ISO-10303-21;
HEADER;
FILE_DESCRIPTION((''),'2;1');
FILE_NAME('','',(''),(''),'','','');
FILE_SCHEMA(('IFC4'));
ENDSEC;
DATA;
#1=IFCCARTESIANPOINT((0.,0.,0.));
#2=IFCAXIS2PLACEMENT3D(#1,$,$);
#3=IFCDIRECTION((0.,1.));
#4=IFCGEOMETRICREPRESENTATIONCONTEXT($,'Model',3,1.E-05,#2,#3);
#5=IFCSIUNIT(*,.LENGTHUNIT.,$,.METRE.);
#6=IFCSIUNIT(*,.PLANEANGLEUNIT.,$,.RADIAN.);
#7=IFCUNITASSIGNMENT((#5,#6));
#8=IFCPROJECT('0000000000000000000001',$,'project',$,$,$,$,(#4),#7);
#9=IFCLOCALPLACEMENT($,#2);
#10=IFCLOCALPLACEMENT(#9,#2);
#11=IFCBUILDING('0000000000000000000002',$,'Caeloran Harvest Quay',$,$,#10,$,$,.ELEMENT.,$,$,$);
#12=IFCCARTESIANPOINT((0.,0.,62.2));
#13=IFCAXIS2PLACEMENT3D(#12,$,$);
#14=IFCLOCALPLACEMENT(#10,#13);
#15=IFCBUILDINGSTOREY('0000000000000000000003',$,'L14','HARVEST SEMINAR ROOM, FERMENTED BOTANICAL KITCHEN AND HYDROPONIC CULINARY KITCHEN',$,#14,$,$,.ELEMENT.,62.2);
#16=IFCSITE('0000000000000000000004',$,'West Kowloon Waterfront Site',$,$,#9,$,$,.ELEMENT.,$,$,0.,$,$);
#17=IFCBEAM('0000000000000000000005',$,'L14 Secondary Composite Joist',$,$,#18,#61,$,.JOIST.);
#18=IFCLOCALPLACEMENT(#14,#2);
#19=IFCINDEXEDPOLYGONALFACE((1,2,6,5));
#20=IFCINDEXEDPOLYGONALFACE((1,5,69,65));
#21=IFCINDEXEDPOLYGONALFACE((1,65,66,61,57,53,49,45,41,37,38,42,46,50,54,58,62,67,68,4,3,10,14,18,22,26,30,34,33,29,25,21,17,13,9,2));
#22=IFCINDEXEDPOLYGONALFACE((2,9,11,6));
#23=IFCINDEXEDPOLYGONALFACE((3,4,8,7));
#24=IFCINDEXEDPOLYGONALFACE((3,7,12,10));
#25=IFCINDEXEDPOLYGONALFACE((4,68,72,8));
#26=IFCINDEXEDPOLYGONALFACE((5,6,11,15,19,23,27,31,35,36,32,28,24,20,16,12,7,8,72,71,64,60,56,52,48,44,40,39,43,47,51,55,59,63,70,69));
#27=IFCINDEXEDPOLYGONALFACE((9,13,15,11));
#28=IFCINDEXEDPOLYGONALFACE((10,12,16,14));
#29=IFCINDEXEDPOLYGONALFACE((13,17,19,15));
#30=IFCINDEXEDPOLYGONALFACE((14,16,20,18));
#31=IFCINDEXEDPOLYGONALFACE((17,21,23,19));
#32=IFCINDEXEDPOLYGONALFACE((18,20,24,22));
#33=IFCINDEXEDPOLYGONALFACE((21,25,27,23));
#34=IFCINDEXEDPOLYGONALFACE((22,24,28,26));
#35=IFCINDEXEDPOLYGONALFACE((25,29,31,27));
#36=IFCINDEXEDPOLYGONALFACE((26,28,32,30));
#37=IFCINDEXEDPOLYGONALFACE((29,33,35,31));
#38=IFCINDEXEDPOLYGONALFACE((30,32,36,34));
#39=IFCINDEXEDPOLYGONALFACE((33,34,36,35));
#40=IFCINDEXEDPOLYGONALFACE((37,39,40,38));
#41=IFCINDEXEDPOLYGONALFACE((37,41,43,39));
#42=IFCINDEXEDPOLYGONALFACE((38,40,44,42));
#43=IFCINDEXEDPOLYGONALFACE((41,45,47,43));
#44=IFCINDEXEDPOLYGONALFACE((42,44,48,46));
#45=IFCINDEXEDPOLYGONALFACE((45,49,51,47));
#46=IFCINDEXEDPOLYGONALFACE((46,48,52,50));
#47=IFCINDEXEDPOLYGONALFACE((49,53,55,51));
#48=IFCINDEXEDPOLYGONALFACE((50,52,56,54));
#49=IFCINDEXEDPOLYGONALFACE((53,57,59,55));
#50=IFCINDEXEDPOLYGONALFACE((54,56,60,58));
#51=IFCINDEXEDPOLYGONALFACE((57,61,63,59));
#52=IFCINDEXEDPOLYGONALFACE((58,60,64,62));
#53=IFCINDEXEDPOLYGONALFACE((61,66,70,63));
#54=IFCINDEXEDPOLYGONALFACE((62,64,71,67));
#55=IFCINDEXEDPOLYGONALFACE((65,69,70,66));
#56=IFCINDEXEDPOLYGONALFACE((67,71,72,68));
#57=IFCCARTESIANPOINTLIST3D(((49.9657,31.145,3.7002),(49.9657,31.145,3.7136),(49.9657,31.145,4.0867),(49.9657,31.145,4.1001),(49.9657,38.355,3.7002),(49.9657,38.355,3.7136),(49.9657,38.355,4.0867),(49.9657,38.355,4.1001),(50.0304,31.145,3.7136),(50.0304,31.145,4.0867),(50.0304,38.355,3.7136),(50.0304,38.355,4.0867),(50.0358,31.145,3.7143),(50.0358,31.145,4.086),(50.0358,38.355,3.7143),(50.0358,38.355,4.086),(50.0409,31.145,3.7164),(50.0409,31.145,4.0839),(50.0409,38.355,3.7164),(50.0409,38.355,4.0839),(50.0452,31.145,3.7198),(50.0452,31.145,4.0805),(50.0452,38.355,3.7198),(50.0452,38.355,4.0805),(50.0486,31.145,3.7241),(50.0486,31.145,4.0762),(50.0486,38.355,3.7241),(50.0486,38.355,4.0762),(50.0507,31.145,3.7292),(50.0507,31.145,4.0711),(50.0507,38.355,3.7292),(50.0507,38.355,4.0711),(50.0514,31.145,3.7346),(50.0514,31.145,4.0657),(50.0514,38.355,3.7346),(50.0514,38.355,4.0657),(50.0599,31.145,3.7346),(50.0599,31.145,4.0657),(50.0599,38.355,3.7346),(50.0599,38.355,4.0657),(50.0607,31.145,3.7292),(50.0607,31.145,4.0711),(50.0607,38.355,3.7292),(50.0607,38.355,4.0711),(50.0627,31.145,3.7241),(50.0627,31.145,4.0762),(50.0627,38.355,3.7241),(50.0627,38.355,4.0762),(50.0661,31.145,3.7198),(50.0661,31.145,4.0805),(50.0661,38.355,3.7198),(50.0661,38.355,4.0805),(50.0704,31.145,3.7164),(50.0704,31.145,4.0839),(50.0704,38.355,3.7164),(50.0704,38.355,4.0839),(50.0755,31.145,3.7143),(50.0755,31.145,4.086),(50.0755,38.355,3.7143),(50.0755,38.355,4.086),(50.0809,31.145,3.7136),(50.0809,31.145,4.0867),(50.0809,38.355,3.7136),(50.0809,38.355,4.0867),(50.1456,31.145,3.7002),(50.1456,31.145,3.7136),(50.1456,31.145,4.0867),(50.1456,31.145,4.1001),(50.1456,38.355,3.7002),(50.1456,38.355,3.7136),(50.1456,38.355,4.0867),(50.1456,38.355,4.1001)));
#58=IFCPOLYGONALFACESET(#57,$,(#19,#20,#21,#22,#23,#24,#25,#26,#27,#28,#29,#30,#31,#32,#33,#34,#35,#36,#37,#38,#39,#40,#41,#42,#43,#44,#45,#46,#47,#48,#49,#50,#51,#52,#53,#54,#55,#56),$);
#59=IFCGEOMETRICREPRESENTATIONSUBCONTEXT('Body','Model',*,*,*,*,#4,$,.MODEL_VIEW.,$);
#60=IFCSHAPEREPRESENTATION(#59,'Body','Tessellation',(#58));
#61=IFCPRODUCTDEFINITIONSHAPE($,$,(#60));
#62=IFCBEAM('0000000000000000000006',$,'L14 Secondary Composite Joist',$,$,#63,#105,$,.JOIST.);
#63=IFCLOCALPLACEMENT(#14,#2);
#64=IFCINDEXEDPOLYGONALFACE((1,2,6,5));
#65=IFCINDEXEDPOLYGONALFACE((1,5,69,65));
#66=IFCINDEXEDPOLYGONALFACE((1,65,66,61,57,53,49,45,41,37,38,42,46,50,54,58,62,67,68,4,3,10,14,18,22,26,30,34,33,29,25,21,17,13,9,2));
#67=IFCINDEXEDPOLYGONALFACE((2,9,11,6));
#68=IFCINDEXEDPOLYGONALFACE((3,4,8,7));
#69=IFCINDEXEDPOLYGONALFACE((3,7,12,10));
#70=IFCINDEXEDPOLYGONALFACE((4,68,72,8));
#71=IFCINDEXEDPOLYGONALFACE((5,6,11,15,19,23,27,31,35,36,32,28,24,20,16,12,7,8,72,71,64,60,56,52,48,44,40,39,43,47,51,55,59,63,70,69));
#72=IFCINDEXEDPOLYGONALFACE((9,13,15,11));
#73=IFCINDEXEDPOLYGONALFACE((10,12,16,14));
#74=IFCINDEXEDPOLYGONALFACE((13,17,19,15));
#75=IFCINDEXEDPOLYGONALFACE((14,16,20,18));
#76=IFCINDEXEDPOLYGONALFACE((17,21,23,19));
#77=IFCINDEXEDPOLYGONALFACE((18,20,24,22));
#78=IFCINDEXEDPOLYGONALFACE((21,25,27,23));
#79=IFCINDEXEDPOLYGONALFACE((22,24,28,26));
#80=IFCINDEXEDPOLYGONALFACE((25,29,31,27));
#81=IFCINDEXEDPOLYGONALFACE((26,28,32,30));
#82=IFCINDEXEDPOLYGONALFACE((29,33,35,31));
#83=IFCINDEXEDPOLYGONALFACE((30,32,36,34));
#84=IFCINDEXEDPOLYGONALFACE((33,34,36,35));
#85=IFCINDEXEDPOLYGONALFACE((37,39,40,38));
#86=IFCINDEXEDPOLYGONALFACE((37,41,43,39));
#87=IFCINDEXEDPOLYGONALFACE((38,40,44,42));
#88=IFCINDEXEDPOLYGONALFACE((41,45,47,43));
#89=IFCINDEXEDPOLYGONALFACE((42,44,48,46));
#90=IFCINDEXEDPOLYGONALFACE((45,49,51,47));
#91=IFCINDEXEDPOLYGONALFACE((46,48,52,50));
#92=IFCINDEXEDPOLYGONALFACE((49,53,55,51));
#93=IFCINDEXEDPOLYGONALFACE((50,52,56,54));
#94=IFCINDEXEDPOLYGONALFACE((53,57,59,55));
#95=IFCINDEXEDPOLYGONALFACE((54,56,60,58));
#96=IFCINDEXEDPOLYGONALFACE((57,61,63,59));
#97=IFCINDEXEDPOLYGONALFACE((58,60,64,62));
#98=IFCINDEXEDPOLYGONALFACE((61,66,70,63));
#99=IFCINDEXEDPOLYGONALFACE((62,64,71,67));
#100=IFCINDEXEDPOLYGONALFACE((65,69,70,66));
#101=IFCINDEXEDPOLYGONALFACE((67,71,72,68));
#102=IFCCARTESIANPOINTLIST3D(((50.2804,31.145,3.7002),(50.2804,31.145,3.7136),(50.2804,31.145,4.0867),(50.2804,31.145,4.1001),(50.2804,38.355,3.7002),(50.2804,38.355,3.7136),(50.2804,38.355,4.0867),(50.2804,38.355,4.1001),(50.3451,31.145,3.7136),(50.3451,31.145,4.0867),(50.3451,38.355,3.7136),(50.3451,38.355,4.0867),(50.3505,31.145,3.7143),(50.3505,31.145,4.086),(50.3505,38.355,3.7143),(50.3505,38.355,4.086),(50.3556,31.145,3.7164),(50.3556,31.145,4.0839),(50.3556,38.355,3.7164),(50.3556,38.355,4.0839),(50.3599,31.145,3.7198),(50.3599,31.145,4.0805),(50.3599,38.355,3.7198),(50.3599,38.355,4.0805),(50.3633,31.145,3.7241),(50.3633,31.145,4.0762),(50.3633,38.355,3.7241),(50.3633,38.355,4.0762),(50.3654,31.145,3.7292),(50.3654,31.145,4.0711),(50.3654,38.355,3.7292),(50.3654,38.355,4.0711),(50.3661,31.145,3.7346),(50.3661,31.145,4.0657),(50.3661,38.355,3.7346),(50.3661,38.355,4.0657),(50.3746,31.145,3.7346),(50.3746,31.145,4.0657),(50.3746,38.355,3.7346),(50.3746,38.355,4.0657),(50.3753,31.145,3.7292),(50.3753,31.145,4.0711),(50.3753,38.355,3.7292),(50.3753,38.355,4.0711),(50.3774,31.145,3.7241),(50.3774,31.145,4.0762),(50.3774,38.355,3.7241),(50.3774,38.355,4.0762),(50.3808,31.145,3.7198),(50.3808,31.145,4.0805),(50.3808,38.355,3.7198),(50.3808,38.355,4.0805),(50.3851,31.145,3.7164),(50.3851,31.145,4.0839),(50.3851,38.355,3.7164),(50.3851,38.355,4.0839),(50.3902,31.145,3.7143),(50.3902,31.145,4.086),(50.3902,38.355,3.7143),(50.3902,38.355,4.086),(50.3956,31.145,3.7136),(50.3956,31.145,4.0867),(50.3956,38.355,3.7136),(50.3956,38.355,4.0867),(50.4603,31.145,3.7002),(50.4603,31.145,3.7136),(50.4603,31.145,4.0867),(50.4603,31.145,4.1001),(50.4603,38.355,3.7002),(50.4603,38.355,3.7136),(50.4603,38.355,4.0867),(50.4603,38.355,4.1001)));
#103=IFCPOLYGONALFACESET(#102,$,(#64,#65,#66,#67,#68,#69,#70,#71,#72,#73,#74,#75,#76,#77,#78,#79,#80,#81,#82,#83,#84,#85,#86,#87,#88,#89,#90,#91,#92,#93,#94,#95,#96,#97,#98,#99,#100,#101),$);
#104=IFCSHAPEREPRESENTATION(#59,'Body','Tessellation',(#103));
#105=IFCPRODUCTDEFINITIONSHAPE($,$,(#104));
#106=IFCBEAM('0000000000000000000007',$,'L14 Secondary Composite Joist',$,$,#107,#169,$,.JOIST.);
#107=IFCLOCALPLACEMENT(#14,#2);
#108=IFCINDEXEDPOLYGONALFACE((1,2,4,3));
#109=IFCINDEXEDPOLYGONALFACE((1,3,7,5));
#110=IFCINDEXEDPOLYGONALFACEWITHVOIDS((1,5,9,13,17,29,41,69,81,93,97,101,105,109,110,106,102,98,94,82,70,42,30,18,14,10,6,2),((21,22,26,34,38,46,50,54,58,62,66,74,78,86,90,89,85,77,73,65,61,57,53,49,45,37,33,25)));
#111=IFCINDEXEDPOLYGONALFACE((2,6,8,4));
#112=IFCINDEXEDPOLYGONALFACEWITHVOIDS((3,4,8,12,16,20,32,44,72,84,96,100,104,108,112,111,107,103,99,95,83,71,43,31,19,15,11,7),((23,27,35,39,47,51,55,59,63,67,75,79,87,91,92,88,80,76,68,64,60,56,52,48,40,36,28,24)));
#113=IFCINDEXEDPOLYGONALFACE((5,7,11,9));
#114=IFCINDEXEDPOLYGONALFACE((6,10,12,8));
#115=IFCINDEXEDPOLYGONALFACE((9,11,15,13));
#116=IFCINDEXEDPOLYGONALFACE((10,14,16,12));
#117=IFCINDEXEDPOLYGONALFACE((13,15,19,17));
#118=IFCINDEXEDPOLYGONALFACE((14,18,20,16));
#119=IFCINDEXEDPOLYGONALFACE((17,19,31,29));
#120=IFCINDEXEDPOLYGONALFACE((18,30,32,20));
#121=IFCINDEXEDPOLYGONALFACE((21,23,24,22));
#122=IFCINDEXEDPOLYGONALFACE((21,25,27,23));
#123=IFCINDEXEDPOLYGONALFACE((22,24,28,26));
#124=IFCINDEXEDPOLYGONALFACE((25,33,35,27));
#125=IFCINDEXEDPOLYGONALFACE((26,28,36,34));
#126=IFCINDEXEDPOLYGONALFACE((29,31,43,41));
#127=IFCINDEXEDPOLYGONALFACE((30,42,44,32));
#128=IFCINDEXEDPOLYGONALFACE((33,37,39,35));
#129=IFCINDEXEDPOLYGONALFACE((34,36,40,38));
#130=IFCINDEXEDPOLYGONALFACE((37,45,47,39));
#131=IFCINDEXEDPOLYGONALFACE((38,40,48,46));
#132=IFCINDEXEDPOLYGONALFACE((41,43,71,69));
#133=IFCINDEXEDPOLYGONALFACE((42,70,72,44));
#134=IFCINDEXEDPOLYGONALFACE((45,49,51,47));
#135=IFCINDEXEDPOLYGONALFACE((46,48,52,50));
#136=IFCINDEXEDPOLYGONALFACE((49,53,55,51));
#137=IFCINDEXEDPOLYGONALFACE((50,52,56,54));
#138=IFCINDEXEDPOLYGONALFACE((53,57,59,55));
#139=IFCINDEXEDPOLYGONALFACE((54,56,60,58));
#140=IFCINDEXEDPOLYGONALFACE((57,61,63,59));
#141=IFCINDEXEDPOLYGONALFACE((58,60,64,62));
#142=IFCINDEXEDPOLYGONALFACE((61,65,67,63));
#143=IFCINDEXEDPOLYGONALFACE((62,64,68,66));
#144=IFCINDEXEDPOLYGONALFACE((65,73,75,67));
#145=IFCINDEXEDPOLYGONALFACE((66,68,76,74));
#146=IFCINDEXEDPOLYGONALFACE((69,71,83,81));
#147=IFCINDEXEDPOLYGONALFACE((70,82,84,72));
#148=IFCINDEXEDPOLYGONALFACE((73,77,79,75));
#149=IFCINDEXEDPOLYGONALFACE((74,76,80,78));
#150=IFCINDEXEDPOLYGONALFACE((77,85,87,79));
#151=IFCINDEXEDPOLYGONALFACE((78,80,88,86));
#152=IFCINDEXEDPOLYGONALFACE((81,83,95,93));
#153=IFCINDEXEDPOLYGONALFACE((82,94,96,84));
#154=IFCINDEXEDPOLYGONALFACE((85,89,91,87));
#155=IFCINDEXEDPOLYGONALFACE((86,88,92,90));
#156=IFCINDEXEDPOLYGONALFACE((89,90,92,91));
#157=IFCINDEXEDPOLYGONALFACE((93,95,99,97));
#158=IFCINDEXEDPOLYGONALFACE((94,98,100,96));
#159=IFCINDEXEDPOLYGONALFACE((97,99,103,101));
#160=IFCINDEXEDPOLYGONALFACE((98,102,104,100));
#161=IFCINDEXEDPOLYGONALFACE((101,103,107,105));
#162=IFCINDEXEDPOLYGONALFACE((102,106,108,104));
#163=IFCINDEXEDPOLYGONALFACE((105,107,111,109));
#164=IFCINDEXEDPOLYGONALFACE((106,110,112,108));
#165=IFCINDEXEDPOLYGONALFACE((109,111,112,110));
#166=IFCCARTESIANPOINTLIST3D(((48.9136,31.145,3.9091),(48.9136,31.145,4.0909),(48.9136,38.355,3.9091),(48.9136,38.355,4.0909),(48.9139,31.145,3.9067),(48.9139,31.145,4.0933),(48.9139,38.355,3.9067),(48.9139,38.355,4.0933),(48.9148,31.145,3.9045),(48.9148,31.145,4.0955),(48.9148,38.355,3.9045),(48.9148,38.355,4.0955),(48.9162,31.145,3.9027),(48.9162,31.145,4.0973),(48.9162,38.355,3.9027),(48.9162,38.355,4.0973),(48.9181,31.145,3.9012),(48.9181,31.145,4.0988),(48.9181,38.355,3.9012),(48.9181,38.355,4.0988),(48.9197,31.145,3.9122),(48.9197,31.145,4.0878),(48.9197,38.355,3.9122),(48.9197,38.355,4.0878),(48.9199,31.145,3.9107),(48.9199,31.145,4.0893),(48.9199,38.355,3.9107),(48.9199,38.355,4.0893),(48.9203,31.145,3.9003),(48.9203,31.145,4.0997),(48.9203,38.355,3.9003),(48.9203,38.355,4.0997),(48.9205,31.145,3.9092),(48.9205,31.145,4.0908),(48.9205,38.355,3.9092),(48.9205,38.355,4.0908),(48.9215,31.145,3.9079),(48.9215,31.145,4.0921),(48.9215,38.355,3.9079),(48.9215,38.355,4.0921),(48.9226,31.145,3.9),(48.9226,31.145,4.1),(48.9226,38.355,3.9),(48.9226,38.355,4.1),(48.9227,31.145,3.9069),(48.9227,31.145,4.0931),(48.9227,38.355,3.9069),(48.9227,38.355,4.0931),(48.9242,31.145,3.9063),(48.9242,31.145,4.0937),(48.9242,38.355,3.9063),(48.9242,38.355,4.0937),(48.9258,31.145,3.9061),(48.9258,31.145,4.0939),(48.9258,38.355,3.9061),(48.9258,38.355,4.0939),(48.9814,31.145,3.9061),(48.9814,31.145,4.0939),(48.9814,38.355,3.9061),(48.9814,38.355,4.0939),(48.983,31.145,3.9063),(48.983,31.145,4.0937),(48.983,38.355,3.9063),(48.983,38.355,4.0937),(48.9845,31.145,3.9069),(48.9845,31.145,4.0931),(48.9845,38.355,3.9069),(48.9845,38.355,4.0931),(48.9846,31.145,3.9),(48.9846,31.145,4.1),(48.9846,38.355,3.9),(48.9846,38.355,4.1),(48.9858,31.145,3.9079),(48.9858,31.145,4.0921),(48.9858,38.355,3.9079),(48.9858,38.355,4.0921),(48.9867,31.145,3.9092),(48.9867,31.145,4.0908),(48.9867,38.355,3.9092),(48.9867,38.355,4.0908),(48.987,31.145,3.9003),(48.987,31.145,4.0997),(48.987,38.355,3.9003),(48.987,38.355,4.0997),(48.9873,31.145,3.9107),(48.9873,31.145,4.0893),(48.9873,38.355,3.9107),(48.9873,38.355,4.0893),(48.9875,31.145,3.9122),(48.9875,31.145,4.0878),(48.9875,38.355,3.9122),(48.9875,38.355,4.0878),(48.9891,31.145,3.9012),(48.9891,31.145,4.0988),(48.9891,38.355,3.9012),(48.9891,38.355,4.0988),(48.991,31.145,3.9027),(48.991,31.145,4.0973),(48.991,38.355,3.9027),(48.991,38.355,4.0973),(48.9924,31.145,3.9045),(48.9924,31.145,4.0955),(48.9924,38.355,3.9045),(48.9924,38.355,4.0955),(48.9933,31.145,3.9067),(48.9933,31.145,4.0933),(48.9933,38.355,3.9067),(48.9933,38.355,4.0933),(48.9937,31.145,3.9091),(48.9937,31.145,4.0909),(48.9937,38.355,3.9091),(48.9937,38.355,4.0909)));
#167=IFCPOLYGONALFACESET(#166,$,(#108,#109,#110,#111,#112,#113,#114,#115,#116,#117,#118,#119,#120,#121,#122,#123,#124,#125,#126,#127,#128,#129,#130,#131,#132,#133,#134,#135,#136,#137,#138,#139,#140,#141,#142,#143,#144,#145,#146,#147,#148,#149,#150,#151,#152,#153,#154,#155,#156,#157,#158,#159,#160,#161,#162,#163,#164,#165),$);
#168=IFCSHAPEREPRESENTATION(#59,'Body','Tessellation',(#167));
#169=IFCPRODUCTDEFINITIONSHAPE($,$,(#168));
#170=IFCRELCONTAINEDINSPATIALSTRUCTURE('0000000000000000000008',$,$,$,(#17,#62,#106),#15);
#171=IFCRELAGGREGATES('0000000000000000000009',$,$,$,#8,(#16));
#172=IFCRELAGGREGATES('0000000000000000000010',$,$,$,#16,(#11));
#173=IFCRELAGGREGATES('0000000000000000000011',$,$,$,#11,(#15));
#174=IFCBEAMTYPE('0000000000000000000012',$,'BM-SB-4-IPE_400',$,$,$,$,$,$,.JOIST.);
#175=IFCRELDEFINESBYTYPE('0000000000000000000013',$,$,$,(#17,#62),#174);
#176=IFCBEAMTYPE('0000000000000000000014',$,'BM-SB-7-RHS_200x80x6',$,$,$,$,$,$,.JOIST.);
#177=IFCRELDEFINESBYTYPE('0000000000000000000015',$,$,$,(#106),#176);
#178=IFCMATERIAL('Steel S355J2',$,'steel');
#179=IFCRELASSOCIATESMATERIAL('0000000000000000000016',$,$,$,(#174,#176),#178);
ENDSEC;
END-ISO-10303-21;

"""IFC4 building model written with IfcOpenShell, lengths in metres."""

from ifc_helpers import new_model, si_unit, direction, frame, origin, origin_2d, place, context, subcontext, project, spatial, hollow_rectangle, i_section, extrude, material, material_profile, profile_set, type_object, element, save


model = new_model("IFC4")

# Units and contexts
model_context = context("Model", 3, precision=1e-05, world=origin(), true_north=direction((0.0, 1.0)))
body_context = subcontext(model_context, "Body", "Model", "MODEL_VIEW")
ifc_project = project(units=[si_unit("LENGTHUNIT", "METRE"), si_unit("PLANEANGLEUNIT", "RADIAN")], contexts=[model_context])

# Site, building, storey
site_placement = place(None, origin())
site = spatial("IfcSite", under=ifc_project, at=site_placement, Name="West Kowloon Waterfront Site", CompositionType="ELEMENT", RefElevation=0.0)
building_placement = place(site_placement, origin())
building = spatial("IfcBuilding", under=site, at=building_placement, Name="Caeloran Harvest Quay", CompositionType="ELEMENT")
storey_placement = place(building_placement, frame((0.0, 0.0, 62.2)))
storey = spatial("IfcBuildingStorey", under=building, at=storey_placement, Name="L14", Description="HARVEST SEMINAR ROOM, FERMENTED BOTANICAL KITCHEN AND HYDROPONIC CULINARY KITCHEN", CompositionType="ELEMENT", Elevation=62.2)

# Beams
ifc_material_1 = material(Name="Steel S355J2", Category="steel")
ifc_material_profile_1 = material_profile(ifc_material_1, i_section(OverallWidth=0.1799, OverallDepth=0.3999, WebThickness=0.0085, FlangeThickness=0.0134, FilletRadius=0.021, at=origin_2d()), Name="IPE 400")
ifc_profile_set_1 = profile_set([ifc_material_profile_1], Name="Steel S355J2")
beam_type_1 = type_object("IfcBeamType", Name="BM-SB-4-IPE_400", PredefinedType="JOIST", material=ifc_profile_set_1)
for number, where, z_axis, x_axis, name in (
    (1, (50.0557, 31.145, 3.9001), (0.0, 1.0, 0.0), (-1.0, 0.0, 0.0), "L14 Secondary Composite Joist"),
    (2, (50.3704, 31.145, 3.9001), (0.0, 1.0, 0.0), (-1.0, 0.0, 0.0), "L14 Secondary Composite Joist"),
):
    element("IfcBeam", number, at=place(storey_placement, frame(where, z_axis=z_axis, x_axis=x_axis)), inside=storey, type_object=beam_type_1, Name=name, PredefinedType="JOIST", context=body_context, shape_type="SweptSolid", body=[
        extrude(i_section(OverallWidth=0.1799, OverallDepth=0.3999, WebThickness=0.0085, FlangeThickness=0.0134, FilletRadius=0.021, at=origin_2d()), origin(), (0.0, 0.0, 1.0), 7.21),
    ])
ifc_material_profile_2 = material_profile(ifc_material_1, hollow_rectangle(XDim=0.0801, YDim=0.2, WallThickness=0.0061, InnerFilletRadius=0.0061, OuterFilletRadius=0.009, at=origin_2d()), Name="RHS 200x80x6")
ifc_profile_set_2 = profile_set([ifc_material_profile_2], Name="Steel S355J2")
beam_type_2 = type_object("IfcBeamType", Name="BM-SB-7-RHS_200x80x6", PredefinedType="JOIST", material=ifc_profile_set_2)
for number, where, z_axis, x_axis, name in (
    (3, (48.9536, 31.145, 4.0), (0.0, 1.0, 0.0), (-1.0, 0.0, 0.0), "L14 Secondary Composite Joist"),
):
    element("IfcBeam", number, at=place(storey_placement, frame(where, z_axis=z_axis, x_axis=x_axis)), inside=storey, type_object=beam_type_2, Name=name, PredefinedType="JOIST", context=body_context, shape_type="SweptSolid", body=[
        extrude(hollow_rectangle(XDim=0.0801, YDim=0.2, WallThickness=0.0061, InnerFilletRadius=0.0061, OuterFilletRadius=0.009, at=origin_2d()), origin(), (0.0, 0.0, 1.0), 7.21),
    ])

save(model, "model.ifc")
